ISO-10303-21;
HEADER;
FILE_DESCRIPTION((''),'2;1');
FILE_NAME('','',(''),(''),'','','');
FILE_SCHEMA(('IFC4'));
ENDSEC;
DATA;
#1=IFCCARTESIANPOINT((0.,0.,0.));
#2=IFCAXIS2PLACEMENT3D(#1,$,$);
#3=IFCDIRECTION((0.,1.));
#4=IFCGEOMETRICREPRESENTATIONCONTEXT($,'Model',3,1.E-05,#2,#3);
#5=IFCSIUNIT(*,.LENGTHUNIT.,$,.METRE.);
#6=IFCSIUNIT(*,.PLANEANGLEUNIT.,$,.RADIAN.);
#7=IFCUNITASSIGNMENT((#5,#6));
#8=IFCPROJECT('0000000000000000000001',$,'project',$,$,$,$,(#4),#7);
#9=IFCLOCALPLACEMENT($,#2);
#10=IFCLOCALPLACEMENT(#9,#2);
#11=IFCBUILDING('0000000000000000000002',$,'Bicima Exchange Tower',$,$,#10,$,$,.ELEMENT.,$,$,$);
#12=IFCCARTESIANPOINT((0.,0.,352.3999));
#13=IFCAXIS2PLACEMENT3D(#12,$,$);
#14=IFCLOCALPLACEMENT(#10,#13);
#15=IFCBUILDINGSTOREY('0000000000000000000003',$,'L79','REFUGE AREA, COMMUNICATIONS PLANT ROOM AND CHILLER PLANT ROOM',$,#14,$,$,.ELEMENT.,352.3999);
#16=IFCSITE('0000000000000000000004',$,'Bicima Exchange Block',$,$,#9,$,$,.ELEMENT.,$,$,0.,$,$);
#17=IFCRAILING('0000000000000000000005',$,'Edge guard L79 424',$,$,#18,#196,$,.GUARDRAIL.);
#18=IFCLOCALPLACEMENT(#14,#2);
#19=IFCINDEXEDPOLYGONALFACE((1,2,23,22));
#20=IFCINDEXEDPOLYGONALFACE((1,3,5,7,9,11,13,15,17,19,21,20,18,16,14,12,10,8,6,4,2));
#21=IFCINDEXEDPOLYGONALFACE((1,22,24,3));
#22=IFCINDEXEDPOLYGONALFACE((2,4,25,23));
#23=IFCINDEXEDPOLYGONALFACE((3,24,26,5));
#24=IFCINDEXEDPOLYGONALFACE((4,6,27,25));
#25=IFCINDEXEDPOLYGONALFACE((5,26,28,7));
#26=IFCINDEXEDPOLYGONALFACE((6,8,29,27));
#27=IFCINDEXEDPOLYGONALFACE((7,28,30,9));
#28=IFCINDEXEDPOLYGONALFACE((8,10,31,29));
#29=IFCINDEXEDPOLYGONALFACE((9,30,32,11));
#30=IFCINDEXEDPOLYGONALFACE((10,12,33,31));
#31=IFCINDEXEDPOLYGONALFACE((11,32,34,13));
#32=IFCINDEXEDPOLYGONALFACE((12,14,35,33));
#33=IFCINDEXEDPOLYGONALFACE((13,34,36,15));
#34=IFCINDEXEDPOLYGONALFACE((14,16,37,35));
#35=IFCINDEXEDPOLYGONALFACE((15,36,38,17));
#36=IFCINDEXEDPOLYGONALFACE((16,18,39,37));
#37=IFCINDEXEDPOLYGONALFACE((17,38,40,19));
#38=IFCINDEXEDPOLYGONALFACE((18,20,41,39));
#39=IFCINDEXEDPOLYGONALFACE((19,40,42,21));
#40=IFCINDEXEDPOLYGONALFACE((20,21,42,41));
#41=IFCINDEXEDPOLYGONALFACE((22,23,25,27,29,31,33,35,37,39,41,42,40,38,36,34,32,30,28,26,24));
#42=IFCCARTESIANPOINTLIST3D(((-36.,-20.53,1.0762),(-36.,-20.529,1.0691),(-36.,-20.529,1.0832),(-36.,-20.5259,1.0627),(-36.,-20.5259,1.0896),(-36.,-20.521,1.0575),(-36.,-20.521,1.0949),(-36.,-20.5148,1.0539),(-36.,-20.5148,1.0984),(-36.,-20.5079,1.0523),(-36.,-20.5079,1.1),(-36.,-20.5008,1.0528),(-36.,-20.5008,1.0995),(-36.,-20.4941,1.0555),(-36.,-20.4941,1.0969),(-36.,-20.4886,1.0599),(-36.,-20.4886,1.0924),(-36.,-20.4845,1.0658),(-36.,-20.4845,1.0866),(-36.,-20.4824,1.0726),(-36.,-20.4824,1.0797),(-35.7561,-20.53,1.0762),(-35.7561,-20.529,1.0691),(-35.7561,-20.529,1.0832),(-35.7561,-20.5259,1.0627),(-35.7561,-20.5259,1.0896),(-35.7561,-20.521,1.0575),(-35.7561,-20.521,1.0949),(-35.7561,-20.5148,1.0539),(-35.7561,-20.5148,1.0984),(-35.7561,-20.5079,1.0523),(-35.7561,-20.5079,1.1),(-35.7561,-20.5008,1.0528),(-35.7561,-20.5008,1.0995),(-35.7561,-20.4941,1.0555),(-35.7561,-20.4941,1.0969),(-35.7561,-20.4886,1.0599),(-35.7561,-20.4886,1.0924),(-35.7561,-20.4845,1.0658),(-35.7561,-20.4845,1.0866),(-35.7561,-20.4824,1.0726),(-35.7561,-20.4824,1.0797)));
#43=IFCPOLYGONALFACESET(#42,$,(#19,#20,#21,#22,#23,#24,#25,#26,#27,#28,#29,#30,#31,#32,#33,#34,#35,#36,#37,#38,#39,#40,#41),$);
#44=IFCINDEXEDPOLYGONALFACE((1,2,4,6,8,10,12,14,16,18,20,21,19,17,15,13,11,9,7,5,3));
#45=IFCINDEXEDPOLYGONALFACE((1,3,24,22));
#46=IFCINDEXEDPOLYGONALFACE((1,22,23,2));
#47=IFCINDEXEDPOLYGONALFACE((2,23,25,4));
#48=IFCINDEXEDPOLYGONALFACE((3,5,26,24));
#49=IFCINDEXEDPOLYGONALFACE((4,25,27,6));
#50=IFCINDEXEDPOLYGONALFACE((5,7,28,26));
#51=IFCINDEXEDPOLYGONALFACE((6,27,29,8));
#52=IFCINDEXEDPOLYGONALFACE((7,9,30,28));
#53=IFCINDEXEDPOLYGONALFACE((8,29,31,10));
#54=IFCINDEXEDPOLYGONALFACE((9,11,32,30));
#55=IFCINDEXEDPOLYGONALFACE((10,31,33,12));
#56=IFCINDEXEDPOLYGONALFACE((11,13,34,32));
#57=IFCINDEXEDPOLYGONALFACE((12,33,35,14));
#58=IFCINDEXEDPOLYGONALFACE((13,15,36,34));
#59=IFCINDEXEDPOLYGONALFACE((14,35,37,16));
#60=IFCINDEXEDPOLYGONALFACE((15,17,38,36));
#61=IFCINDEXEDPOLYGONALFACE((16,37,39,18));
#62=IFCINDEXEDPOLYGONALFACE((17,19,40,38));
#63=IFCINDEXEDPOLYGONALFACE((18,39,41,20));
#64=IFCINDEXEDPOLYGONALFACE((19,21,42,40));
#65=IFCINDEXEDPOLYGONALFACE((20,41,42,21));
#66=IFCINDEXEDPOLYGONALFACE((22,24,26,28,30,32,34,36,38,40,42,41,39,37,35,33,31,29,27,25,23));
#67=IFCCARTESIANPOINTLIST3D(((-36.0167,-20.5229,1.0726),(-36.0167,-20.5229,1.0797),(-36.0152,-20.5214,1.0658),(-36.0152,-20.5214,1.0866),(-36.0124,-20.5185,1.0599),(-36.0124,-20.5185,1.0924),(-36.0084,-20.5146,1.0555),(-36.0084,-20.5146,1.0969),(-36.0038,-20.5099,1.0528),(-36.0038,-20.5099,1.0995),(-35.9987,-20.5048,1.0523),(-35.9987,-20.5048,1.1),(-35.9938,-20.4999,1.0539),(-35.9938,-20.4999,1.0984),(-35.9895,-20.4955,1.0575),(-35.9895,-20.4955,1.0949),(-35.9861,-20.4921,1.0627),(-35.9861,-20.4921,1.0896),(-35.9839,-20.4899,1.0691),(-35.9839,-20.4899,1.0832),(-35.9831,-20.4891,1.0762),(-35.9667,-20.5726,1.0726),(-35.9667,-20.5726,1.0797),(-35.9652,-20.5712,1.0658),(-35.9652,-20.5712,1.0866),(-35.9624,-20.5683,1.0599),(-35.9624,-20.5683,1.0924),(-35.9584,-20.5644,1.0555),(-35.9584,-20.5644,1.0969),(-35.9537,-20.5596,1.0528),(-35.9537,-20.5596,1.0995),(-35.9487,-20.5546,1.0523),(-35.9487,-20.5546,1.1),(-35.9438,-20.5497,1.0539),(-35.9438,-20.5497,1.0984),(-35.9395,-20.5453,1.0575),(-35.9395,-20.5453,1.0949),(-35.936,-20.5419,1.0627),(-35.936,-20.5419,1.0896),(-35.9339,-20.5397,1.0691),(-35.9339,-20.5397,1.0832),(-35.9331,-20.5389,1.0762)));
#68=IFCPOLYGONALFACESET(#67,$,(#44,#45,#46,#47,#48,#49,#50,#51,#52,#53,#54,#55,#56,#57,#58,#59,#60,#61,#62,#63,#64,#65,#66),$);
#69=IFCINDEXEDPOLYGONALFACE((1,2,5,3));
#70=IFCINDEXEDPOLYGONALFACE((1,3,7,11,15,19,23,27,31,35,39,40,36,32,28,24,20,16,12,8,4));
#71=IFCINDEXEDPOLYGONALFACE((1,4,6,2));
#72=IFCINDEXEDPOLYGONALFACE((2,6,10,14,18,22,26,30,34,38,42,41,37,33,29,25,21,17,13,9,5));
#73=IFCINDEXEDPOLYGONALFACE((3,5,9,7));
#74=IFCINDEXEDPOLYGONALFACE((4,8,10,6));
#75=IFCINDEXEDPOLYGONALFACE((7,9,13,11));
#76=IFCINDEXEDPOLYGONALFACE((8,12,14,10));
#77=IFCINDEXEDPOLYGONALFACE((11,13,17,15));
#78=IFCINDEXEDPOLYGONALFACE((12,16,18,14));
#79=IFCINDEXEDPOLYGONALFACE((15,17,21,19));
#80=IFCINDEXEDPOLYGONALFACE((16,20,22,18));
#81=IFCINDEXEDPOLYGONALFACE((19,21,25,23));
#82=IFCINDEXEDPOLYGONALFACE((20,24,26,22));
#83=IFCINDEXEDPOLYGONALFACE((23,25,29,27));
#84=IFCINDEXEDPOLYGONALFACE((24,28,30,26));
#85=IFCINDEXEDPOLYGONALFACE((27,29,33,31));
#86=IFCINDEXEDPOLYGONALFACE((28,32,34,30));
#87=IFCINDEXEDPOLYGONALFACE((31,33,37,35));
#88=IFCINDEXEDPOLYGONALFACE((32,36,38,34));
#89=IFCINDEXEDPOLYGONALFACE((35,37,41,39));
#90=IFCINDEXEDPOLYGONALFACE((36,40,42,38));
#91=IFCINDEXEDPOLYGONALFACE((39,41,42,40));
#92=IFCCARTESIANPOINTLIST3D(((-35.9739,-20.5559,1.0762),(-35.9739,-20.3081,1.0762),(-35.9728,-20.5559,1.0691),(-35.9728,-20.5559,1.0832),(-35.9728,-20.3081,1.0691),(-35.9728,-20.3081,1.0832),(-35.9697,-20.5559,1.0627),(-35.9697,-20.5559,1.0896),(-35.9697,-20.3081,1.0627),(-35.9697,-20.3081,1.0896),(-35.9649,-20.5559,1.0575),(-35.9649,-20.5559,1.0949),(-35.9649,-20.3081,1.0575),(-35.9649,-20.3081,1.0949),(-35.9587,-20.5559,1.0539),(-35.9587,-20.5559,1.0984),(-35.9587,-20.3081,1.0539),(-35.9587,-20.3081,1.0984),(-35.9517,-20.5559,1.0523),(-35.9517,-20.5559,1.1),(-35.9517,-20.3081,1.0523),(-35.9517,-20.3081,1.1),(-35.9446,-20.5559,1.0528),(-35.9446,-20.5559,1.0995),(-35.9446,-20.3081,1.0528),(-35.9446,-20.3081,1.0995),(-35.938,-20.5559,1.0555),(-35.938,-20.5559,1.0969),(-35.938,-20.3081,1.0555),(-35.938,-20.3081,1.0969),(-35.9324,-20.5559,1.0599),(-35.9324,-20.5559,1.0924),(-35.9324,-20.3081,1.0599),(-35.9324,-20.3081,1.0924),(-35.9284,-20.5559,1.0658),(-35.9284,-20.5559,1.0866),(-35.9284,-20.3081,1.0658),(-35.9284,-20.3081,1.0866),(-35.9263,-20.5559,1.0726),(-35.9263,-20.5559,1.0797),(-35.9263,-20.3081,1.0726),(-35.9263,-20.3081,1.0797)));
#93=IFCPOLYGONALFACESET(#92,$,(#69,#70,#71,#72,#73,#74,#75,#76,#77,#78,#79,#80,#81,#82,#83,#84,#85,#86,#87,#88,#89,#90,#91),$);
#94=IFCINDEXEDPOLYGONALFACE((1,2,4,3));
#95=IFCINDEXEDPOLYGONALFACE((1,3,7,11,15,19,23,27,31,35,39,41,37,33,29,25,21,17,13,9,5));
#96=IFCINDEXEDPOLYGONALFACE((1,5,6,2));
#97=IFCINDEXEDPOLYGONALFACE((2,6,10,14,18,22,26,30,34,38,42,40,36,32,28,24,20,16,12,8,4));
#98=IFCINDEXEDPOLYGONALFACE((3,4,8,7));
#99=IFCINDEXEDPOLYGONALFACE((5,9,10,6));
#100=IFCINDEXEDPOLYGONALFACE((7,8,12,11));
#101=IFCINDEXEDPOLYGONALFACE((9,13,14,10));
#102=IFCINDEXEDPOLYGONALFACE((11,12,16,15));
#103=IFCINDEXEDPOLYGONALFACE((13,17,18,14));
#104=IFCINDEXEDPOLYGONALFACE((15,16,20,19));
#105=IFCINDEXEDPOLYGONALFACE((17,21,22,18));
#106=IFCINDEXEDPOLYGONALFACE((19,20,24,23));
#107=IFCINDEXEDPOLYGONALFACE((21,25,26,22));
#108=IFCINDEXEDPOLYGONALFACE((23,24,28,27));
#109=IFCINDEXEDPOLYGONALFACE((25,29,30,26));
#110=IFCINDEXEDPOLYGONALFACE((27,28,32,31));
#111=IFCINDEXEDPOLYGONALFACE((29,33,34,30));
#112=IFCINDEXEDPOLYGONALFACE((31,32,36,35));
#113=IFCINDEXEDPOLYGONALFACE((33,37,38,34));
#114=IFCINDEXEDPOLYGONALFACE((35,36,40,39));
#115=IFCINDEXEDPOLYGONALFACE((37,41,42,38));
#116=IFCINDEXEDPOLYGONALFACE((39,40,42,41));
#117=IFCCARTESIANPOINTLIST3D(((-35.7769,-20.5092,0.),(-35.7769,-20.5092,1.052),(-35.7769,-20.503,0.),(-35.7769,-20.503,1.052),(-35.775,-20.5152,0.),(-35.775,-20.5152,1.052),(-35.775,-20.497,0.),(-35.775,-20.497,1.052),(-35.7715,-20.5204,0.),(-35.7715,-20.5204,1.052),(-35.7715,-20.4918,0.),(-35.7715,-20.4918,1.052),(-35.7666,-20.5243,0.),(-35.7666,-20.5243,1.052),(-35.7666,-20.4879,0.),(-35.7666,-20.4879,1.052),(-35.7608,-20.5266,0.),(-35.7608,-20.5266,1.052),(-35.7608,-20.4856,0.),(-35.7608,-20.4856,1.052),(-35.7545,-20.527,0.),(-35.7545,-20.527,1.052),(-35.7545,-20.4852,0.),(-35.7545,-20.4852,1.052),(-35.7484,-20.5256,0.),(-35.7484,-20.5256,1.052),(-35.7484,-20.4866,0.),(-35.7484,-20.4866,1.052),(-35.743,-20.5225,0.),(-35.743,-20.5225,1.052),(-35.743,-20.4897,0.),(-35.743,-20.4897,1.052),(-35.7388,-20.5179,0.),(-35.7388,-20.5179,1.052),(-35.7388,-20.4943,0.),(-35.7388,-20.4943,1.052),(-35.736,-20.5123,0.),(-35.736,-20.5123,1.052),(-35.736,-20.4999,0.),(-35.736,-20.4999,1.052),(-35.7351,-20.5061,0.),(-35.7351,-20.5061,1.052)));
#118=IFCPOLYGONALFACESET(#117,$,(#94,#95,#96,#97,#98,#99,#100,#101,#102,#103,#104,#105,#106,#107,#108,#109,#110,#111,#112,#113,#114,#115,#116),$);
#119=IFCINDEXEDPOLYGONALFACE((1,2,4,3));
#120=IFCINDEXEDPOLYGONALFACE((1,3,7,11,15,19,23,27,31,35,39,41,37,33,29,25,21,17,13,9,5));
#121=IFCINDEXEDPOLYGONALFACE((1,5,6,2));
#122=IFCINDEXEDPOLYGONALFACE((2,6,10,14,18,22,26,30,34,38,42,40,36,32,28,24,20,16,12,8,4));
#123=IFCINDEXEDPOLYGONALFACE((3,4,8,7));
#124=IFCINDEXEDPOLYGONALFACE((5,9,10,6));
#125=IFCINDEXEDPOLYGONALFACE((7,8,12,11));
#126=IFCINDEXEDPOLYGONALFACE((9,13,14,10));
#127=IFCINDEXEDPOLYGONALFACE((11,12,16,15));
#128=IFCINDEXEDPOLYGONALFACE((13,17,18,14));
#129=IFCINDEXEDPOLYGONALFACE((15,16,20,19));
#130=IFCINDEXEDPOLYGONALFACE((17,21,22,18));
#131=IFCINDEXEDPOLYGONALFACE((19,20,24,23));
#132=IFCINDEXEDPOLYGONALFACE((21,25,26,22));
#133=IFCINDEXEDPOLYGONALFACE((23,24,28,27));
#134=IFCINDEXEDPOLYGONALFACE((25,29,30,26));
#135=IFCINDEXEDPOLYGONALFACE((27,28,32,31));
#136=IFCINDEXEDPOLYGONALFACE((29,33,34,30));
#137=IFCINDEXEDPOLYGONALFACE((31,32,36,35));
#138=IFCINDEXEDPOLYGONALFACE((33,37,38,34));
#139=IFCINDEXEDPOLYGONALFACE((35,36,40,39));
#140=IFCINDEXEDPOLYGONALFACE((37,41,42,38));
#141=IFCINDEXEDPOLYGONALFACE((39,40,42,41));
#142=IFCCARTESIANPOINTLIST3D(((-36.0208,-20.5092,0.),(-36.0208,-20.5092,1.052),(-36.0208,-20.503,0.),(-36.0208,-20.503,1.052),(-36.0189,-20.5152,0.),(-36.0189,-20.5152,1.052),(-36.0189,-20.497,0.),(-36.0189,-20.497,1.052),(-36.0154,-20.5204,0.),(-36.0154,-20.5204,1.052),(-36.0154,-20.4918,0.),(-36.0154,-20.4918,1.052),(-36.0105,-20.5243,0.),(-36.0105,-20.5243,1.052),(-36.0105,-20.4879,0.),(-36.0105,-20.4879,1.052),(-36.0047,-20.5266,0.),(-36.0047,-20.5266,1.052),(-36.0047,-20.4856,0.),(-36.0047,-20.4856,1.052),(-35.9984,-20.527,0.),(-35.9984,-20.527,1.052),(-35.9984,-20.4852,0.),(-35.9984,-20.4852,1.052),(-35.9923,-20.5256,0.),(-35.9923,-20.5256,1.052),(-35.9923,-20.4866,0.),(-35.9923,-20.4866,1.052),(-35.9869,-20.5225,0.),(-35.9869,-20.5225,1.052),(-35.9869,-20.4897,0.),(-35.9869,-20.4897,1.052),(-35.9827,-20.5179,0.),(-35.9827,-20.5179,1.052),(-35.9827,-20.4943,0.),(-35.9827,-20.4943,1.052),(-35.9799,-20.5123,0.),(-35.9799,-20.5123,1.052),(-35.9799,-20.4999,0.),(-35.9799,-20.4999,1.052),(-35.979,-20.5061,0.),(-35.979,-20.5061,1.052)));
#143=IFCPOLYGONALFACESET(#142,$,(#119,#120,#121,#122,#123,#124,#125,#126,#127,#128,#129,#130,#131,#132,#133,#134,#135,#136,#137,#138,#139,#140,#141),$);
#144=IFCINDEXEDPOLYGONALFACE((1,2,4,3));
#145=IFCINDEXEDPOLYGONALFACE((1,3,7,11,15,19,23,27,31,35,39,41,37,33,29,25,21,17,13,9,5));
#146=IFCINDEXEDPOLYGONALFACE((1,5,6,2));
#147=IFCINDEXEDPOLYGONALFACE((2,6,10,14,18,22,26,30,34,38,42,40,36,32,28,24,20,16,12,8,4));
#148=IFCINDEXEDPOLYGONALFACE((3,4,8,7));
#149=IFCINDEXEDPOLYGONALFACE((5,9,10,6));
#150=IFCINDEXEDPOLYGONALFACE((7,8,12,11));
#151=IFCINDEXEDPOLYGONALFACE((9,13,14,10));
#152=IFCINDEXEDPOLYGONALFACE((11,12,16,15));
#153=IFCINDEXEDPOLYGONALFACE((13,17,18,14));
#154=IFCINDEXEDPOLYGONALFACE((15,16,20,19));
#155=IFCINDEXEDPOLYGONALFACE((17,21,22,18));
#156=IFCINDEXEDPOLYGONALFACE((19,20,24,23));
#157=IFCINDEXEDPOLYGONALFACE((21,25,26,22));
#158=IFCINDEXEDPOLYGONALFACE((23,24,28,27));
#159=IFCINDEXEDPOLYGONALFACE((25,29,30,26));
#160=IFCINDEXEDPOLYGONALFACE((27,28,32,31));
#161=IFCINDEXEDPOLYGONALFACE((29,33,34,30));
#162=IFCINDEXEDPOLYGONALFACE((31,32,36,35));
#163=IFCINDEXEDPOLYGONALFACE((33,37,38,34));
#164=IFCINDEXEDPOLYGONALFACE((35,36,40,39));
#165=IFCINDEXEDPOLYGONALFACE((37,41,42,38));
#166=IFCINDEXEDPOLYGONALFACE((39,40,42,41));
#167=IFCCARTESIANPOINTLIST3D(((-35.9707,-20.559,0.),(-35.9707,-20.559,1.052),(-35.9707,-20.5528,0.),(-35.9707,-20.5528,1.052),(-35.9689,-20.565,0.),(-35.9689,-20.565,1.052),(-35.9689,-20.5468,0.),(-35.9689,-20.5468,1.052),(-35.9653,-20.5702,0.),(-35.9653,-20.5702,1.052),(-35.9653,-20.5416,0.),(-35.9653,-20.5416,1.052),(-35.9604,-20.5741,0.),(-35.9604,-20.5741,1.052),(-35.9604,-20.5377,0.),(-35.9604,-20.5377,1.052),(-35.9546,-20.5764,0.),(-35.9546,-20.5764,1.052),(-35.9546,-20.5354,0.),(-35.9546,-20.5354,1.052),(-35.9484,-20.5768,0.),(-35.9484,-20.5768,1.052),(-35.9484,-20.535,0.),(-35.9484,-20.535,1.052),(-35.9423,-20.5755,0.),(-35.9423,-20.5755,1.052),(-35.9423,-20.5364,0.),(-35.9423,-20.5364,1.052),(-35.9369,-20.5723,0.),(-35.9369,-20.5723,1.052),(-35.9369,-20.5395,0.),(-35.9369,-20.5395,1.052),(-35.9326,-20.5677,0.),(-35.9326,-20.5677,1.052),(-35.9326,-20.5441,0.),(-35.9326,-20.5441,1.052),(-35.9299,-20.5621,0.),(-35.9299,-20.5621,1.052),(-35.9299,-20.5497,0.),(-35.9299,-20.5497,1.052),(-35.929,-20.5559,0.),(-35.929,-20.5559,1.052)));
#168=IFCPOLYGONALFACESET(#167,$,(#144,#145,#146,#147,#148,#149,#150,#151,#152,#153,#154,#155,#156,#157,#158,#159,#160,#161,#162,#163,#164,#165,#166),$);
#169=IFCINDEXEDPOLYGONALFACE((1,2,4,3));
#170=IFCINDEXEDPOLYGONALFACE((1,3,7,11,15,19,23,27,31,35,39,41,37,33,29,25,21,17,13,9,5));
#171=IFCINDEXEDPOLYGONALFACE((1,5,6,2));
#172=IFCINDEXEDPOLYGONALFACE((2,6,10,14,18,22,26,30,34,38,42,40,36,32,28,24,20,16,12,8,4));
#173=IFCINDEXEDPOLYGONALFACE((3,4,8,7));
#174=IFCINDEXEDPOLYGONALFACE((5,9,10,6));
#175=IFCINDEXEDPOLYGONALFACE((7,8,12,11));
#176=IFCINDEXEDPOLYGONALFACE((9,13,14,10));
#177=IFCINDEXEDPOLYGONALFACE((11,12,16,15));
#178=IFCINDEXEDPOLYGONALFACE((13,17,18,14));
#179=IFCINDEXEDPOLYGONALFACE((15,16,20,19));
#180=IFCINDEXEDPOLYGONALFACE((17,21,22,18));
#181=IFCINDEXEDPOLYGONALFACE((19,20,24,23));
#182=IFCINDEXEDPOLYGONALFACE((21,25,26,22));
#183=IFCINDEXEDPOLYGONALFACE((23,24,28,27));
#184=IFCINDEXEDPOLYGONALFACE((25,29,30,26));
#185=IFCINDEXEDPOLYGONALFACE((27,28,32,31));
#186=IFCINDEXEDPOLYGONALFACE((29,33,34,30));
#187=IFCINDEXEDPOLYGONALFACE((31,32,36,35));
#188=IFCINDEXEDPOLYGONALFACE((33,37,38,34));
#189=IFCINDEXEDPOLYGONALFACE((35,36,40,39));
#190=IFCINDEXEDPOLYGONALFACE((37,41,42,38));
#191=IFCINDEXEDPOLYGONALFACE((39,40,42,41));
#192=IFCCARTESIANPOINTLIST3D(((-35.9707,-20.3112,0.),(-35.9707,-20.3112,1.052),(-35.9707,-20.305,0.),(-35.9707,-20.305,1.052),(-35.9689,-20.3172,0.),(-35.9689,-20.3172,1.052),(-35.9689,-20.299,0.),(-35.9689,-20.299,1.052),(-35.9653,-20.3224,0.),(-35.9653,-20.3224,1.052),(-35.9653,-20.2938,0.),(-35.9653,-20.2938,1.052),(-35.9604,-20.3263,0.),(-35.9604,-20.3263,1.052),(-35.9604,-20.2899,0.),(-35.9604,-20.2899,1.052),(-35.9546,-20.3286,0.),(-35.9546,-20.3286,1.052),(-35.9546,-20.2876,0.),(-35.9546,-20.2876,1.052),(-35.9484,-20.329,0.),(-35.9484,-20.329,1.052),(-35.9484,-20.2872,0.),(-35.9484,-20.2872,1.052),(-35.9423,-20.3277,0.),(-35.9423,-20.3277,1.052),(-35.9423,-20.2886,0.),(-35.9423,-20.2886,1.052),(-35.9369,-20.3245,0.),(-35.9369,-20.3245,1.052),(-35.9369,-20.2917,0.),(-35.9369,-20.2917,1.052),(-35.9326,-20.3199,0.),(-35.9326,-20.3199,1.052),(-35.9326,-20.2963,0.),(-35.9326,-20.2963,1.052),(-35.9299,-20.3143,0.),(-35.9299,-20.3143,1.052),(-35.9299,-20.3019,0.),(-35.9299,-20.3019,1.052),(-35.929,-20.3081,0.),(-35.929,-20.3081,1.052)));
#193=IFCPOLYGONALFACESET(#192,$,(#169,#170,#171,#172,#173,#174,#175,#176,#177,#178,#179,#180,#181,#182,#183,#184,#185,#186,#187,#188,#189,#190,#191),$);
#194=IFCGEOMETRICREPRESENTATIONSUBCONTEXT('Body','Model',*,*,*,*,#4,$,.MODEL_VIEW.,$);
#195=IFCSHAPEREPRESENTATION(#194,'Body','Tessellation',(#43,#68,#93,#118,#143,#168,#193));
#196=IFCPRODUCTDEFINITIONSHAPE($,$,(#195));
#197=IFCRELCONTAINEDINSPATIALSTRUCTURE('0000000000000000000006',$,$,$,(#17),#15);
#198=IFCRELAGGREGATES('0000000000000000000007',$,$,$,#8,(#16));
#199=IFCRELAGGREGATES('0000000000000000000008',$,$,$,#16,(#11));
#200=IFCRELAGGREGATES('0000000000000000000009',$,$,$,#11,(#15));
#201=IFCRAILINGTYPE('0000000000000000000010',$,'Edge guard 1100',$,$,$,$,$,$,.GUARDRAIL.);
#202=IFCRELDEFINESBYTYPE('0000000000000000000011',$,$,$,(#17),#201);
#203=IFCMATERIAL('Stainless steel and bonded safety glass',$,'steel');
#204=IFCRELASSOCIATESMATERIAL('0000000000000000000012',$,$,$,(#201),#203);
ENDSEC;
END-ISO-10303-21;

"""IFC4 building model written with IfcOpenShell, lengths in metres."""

from ifc_helpers import new_model, si_unit, direction, frame, origin, origin_2d, place, context, subcontext, project, spatial, circle, extrude, material, type_object, element, save


model = new_model("IFC4")

# Units and contexts
model_context = context("Model", 3, precision=1e-05, world=origin(), true_north=direction((0.0, 1.0)))
body_context = subcontext(model_context, "Body", "Model", "MODEL_VIEW")
ifc_project = project(units=[si_unit("LENGTHUNIT", "METRE"), si_unit("PLANEANGLEUNIT", "RADIAN")], contexts=[model_context])

# Site, building, storey
site_placement = place(None, origin())
site = spatial("IfcSite", under=ifc_project, at=site_placement, Name="Bicima Exchange Block", CompositionType="ELEMENT", RefElevation=0.0)
building_placement = place(site_placement, origin())
building = spatial("IfcBuilding", under=site, at=building_placement, Name="Bicima Exchange Tower", CompositionType="ELEMENT")
storey_placement = place(building_placement, frame((0.0, 0.0, 352.3999)))
storey = spatial("IfcBuildingStorey", under=building, at=storey_placement, Name="L79", Description="REFUGE AREA, COMMUNICATIONS PLANT ROOM AND CHILLER PLANT ROOM", CompositionType="ELEMENT", Elevation=352.3999)

# Railing
ifc_material_1 = material(Name="Stainless steel and bonded safety glass", Category="steel")
railing_type = type_object("IfcRailingType", Name="Edge guard 1100", PredefinedType="GUARDRAIL", material=ifc_material_1)
railing_1_placement = place(storey_placement, frame((-35.7561, -20.5061, 0.0)))
element("IfcRailing", 1, at=railing_1_placement, inside=storey, type_object=railing_type, Name="Edge guard L79 424", PredefinedType="GUARDRAIL", context=body_context, shape_type="SweptSolid", body=[
    extrude(circle(Radius=0.0239, at=origin_2d()), frame((0.0, 0.0, 1.0762), z_axis=(-1.0, 0.0, 0.0), x_axis=(0.0, -1.0, 0.0)), (0.0, 0.0, 1.0), 0.2439),
    extrude(circle(Radius=0.0239, at=origin_2d()), frame((-0.2439, 0.0, 1.0762), z_axis=(0.708834, -0.705376, 0.0), x_axis=(0.705376, 0.708834, 0.0)), (0.0, 0.0, 1.0), 0.0706),
    extrude(circle(Radius=0.0239, at=origin_2d()), frame((-0.1938, -0.0498, 1.0762), z_axis=(0.0, 1.0, 0.0), x_axis=(-1.0, 0.0, 0.0)), (0.0, 0.0, 1.0), 0.2478),
    extrude(circle(Radius=0.021, at=origin_2d()), origin(), (0.0, 0.0, 1.0), 1.052),
    extrude(circle(Radius=0.021, at=origin_2d()), frame((-0.2439, 0.0, 0.0)), (0.0, 0.0, 1.0), 1.052),
    extrude(circle(Radius=0.021, at=origin_2d()), frame((-0.1938, -0.0498, 0.0)), (0.0, 0.0, 1.0), 1.052),
    extrude(circle(Radius=0.021, at=origin_2d()), frame((-0.1938, 0.198, 0.0)), (0.0, 0.0, 1.0), 1.052),
])

save(model, "model.ifc")
